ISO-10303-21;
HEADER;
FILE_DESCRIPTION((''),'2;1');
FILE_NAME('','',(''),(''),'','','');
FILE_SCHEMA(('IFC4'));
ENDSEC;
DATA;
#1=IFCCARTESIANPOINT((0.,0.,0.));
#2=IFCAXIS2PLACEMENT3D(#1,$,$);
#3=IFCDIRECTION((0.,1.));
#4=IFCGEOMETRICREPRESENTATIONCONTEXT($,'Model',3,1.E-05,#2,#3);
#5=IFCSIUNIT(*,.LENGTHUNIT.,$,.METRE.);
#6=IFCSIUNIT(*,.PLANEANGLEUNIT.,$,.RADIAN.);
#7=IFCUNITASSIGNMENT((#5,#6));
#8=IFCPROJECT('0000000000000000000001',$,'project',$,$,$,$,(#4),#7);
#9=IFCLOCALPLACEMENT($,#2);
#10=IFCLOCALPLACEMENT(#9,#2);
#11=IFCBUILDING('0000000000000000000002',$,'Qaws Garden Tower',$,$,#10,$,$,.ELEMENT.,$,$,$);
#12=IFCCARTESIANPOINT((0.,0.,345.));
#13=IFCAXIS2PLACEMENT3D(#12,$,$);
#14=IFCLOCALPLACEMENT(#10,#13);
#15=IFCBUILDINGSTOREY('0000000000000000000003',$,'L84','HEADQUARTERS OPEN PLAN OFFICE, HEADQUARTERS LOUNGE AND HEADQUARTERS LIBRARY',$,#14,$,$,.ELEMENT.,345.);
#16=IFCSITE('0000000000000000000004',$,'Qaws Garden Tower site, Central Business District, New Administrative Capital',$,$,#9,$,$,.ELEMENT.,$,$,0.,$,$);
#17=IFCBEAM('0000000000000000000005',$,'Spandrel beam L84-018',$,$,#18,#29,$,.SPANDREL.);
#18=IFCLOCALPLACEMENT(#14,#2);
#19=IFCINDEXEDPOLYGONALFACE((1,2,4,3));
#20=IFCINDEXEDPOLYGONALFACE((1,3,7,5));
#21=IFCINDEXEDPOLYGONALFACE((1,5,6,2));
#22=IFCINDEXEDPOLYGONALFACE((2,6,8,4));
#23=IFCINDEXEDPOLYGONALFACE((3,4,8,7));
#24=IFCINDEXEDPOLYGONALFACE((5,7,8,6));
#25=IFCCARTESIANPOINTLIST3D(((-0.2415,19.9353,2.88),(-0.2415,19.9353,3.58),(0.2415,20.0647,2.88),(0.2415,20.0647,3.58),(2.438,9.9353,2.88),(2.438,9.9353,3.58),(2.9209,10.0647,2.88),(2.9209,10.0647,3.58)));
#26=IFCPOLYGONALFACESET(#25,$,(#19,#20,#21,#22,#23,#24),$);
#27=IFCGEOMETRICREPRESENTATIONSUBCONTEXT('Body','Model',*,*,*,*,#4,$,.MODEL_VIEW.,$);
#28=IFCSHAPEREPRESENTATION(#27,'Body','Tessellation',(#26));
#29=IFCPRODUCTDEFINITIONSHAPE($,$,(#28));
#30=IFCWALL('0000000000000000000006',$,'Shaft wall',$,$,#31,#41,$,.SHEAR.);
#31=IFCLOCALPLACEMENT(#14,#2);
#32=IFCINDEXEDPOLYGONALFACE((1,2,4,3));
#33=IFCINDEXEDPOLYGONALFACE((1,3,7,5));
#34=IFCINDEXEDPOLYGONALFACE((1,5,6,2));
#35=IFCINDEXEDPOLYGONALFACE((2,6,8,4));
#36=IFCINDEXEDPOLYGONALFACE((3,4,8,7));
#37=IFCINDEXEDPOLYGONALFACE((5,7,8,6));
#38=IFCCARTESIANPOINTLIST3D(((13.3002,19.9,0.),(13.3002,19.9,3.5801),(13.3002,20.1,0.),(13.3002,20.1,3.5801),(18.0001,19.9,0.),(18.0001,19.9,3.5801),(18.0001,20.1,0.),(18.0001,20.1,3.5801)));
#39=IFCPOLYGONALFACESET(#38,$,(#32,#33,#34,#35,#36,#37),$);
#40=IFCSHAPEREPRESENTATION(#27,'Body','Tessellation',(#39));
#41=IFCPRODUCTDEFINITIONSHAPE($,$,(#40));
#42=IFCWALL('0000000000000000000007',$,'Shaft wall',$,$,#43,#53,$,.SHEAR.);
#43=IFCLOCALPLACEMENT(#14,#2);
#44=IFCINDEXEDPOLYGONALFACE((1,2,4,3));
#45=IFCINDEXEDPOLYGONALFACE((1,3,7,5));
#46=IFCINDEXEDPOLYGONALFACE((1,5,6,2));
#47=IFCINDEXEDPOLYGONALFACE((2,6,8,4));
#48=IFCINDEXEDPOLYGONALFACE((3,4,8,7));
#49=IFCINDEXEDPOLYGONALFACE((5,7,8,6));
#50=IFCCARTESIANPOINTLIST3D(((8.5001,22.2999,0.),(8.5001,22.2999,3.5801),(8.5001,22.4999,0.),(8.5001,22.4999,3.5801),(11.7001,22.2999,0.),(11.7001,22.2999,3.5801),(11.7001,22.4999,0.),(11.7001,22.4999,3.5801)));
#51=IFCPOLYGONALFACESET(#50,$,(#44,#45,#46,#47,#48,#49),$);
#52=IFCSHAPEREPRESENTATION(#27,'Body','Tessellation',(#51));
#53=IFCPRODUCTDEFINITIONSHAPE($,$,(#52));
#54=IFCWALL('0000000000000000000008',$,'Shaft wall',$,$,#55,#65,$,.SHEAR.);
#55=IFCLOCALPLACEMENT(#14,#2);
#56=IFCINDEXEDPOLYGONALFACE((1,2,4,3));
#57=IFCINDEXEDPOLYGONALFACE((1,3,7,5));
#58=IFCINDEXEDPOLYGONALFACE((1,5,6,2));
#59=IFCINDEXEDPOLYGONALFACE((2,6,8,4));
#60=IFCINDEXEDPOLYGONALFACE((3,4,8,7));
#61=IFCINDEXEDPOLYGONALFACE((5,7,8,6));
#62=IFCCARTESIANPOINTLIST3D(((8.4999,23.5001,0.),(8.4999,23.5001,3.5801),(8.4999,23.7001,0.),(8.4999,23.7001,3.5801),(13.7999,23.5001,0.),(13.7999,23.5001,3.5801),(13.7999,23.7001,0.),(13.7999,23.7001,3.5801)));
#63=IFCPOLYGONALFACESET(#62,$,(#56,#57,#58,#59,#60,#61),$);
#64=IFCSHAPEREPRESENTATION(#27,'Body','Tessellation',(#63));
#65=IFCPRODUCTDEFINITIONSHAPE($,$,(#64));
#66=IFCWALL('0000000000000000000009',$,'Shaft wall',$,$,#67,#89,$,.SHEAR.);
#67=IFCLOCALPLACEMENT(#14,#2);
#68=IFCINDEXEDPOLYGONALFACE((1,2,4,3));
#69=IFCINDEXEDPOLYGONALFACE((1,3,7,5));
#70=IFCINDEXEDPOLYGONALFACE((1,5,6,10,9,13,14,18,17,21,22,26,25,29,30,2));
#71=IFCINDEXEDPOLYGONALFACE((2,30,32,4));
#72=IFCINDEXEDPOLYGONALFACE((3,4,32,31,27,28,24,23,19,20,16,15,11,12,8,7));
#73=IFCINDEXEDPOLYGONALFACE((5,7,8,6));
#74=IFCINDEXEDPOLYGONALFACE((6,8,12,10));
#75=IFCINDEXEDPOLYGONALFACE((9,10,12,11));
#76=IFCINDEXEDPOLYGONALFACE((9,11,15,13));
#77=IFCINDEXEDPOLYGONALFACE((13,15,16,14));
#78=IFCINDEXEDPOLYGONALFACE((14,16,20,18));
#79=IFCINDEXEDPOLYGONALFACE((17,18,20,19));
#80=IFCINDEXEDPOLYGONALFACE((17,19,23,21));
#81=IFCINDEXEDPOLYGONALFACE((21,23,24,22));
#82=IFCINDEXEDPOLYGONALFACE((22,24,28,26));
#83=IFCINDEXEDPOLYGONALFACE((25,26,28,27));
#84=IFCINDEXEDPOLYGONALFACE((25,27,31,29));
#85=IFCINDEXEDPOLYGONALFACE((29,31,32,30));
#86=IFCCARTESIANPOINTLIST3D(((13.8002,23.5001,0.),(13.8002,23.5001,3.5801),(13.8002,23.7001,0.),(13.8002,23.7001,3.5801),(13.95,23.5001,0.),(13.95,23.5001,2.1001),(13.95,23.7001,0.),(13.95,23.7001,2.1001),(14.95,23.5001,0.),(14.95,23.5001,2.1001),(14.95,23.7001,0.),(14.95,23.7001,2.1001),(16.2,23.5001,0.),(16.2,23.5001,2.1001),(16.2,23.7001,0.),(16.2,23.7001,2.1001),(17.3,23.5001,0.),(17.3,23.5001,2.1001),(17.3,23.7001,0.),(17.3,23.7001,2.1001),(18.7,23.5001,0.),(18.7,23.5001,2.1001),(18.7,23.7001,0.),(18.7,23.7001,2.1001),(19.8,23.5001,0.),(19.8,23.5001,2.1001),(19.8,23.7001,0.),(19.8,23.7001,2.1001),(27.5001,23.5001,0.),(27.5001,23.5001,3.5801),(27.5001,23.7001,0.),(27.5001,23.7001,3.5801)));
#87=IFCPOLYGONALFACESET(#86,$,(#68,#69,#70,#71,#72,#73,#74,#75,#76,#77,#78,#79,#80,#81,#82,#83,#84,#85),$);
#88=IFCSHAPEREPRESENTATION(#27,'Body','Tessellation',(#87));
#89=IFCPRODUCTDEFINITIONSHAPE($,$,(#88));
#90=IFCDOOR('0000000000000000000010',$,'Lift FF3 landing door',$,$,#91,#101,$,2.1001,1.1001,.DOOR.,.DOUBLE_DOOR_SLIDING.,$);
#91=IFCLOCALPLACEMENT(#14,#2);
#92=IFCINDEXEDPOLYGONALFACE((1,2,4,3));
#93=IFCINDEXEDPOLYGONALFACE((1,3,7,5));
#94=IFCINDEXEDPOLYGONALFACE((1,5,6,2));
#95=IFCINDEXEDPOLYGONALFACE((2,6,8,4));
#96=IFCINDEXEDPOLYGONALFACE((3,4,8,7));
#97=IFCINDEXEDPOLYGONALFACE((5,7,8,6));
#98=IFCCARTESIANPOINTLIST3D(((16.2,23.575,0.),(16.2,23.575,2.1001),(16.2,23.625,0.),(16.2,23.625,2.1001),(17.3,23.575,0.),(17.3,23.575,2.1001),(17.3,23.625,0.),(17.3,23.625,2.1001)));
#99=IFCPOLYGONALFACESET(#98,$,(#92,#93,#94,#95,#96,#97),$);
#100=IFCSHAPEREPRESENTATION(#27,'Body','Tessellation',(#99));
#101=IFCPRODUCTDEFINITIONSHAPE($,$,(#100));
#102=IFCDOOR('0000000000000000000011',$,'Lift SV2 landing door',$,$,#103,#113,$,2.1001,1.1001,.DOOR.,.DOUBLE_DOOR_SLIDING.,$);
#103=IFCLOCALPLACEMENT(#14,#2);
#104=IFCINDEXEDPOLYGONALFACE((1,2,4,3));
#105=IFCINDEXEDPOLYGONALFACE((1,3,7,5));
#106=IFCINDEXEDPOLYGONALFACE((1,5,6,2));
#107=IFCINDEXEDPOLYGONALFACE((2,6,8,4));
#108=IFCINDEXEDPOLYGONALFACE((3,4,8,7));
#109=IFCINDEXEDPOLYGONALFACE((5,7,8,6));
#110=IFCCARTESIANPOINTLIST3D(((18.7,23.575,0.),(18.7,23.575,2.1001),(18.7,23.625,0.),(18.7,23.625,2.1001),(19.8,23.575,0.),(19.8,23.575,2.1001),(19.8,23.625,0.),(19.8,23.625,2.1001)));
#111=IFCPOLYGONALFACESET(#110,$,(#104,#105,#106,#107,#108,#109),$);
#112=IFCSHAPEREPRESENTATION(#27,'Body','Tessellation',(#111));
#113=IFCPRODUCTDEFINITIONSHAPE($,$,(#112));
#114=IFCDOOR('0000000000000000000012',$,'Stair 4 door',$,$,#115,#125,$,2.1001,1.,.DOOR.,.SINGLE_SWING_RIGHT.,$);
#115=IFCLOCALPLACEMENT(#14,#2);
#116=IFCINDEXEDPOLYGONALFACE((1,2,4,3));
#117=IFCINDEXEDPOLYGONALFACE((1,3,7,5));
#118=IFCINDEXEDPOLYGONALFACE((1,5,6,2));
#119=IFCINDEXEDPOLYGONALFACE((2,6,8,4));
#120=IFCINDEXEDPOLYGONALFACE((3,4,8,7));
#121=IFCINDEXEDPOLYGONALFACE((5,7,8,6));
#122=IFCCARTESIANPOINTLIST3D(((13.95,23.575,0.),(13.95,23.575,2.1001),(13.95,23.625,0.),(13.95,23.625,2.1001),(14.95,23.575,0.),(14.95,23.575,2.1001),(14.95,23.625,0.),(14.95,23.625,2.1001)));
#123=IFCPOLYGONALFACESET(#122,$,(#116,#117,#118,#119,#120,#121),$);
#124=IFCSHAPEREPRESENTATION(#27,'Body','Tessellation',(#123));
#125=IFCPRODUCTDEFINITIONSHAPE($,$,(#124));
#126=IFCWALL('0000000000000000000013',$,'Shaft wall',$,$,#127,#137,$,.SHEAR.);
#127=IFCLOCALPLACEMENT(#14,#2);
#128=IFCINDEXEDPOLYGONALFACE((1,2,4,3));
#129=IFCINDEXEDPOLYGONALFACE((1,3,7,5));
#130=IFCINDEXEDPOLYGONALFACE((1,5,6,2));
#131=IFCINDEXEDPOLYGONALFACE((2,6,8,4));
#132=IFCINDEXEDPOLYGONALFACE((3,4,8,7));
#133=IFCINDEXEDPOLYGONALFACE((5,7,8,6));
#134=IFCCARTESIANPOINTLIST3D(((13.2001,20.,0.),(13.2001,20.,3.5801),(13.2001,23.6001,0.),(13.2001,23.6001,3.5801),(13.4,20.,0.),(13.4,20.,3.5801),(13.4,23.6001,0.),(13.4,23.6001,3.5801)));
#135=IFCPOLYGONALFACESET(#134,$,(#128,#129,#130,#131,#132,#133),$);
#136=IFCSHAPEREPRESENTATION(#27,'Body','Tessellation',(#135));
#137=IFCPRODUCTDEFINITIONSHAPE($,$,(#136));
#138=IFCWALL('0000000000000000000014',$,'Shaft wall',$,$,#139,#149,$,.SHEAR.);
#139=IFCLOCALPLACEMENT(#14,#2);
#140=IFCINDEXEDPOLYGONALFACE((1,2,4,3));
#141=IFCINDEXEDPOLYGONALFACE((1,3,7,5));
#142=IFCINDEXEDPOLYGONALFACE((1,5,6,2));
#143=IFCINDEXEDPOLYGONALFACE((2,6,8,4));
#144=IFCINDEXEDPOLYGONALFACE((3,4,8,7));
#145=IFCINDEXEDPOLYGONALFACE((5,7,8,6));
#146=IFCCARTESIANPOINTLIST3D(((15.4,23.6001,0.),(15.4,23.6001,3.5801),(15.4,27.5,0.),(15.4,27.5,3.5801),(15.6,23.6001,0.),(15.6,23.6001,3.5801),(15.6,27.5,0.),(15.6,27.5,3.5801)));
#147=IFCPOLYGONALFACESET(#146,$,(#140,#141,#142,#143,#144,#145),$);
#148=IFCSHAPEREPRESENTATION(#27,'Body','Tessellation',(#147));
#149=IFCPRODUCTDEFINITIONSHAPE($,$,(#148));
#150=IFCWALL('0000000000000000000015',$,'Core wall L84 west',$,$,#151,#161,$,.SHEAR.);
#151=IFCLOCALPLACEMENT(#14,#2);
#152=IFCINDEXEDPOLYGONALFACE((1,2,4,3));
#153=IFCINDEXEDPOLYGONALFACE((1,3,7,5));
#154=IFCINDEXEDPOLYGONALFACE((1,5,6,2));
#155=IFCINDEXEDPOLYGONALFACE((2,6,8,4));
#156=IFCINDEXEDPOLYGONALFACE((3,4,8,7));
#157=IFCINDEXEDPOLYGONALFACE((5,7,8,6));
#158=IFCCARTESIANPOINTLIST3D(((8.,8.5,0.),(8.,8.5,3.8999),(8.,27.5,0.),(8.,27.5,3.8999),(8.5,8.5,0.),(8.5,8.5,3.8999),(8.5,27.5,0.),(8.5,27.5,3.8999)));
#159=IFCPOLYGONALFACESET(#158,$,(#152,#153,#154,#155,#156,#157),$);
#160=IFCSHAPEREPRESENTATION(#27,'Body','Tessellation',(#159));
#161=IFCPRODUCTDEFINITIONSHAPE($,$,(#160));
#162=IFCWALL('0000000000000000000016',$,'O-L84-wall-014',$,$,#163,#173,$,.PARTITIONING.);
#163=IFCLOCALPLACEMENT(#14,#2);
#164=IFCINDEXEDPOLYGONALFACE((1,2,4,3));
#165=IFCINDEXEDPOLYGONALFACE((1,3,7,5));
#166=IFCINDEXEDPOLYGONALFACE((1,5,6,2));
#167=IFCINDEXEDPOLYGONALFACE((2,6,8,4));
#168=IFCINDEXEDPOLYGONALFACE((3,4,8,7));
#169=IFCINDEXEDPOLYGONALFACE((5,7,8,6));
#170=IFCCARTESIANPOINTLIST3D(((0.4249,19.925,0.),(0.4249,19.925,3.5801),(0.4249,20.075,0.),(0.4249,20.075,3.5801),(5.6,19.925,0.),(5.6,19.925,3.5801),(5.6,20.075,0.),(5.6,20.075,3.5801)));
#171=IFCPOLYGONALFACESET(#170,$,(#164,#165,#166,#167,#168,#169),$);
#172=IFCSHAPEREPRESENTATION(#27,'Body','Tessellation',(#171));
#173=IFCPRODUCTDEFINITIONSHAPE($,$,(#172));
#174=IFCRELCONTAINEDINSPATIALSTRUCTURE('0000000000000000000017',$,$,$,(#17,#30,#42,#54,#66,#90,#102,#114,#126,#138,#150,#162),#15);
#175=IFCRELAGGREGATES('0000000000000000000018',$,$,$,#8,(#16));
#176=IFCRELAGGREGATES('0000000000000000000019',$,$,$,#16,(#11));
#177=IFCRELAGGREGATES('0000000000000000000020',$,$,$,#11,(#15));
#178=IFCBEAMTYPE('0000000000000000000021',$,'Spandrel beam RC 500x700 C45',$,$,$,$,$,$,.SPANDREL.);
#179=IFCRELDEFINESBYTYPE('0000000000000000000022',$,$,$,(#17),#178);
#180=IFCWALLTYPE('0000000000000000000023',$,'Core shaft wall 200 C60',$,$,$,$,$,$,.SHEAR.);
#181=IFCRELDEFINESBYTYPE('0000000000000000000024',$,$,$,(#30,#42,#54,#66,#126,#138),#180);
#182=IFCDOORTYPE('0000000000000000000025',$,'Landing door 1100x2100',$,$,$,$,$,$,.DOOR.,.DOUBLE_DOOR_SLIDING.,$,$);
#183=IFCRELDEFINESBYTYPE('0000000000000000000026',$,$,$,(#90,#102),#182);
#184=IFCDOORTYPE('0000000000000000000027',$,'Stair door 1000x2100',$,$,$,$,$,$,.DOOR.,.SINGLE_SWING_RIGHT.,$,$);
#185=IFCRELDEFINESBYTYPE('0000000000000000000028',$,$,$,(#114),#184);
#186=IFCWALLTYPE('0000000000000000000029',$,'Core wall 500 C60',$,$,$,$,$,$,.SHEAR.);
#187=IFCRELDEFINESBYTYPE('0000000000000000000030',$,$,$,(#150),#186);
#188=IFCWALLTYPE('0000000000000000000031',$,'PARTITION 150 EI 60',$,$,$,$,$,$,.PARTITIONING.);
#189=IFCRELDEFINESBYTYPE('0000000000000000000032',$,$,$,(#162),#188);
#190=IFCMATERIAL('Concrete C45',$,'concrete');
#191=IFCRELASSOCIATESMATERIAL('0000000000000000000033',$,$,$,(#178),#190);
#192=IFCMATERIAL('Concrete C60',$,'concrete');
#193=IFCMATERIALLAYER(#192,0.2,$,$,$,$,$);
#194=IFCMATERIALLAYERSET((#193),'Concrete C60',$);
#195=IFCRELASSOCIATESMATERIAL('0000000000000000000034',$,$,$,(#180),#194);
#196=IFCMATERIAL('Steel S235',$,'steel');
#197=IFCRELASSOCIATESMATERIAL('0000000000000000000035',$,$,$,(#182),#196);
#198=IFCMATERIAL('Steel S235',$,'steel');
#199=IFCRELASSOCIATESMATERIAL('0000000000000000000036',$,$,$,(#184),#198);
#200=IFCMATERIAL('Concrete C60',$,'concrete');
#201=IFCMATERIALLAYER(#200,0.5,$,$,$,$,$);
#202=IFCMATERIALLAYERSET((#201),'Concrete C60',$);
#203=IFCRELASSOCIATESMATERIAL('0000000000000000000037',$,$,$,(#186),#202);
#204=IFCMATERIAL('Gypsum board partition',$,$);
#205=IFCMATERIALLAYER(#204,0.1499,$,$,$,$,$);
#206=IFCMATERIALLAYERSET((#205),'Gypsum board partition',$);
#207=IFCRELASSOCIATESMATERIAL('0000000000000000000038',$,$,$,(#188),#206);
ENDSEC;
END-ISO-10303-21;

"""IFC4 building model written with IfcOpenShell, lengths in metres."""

from ifc_helpers import new_model, si_unit, direction, frame, frame_2d, origin, origin_2d, place, context, subcontext, project, spatial, rectangle, extrude, material, layer, layer_set, material_profile, profile_set, type_object, element, fill, save


model = new_model("IFC4")

# Units and contexts
model_context = context("Model", 3, precision=1e-05, world=origin(), true_north=direction((0.0, 1.0)))
body_context = subcontext(model_context, "Body", "Model", "MODEL_VIEW")
ifc_project = project(units=[si_unit("LENGTHUNIT", "METRE"), si_unit("PLANEANGLEUNIT", "RADIAN")], contexts=[model_context])

# Site, building, storey
site_placement = place(None, origin())
site = spatial("IfcSite", under=ifc_project, at=site_placement, Name="Qaws Garden Tower site, Central Business District, New Administrative Capital", CompositionType="ELEMENT", RefElevation=0.0)
building_placement = place(site_placement, origin())
building = spatial("IfcBuilding", under=site, at=building_placement, Name="Qaws Garden Tower", CompositionType="ELEMENT")
storey_placement = place(building_placement, frame((0.0, 0.0, 345.0)))
storey = spatial("IfcBuildingStorey", under=building, at=storey_placement, Name="L84", Description="HEADQUARTERS OPEN PLAN OFFICE, HEADQUARTERS LOUNGE AND HEADQUARTERS LIBRARY", CompositionType="ELEMENT", Elevation=345.0)

# Beam
ifc_material_1 = material(Name="Concrete C45", Category="concrete")
ifc_material_profile = material_profile(ifc_material_1, rectangle(XDim=0.5, YDim=0.7, at=origin_2d()), Name="RC 500x700")
ifc_profile_set = profile_set([ifc_material_profile], Name="Concrete C45")
beam_type = type_object("IfcBeamType", Name="Spandrel beam RC 500x700 C45", PredefinedType="SPANDREL", material=ifc_profile_set)
beam_placement = place(storey_placement, frame((0.0, 20.0, 3.23), z_axis=(0.258815, -0.965927, 0.0), x_axis=(0.965927, 0.258815, 0.0)))
element("IfcBeam", 1, at=beam_placement, inside=storey, type_object=beam_type, Name="Spandrel beam L84-018", PredefinedType="SPANDREL", context=body_context, shape_type="SweptSolid", body=[
    extrude(rectangle(XDim=0.5, YDim=0.7, at=origin_2d()), origin(), (0.0, 0.0, 1.0), 10.3528),
])

# Walls
ifc_material_2 = material(Name="Concrete C60", Category="concrete")
ifc_layer_1 = layer(ifc_material_2, 0.2)
ifc_layer_set_1 = layer_set([ifc_layer_1], Name="Concrete C60")
wall_type_1 = type_object("IfcWallType", Name="Core shaft wall 200 C60", PredefinedType="SHEAR", material=ifc_layer_set_1)
wall_1_placement = place(storey_placement, frame((13.3, 20.0, 0.0), z_axis=(0.0, 0.0, 1.0), x_axis=(1.0, 0.0, 0.0)))
element("IfcWall", 2, at=wall_1_placement, inside=storey, type_object=wall_type_1, Name="Shaft wall", PredefinedType="SHEAR", context=body_context, shape_type="SweptSolid", body=[
    extrude(rectangle(XDim=4.7, YDim=0.2, at=frame_2d((2.3501, 0.0))), origin(), (0.0, 0.0, 1.0), 3.5801),
])
wall_2_placement = place(storey_placement, frame((8.5, 22.3999, 0.0), z_axis=(0.0, 0.0, 1.0), x_axis=(1.0, 0.0, 0.0)))
element("IfcWall", 3, at=wall_2_placement, inside=storey, type_object=wall_type_1, Name="Shaft wall", PredefinedType="SHEAR", context=body_context, shape_type="SweptSolid", body=[
    extrude(rectangle(XDim=3.2, YDim=0.2, at=frame_2d((1.6001, 0.0))), origin(), (0.0, 0.0, 1.0), 3.5801),
])
wall_3_placement = place(storey_placement, frame((8.5, 23.6001, 0.0), z_axis=(0.0, 0.0, 1.0), x_axis=(1.0, 0.0, 0.0)))
element("IfcWall", 4, at=wall_3_placement, inside=storey, type_object=wall_type_1, Name="Shaft wall", PredefinedType="SHEAR", context=body_context, shape_type="SweptSolid", body=[
    extrude(rectangle(XDim=5.3, YDim=0.2, at=frame_2d((2.6499, 0.0))), origin(), (0.0, 0.0, 1.0), 3.5801),
])

# Wall, openings, doors
wall_4_placement = place(storey_placement, frame((13.8, 23.6001, 0.0), z_axis=(0.0, 0.0, 1.0), x_axis=(1.0, 0.0, 0.0)))
wall_4 = element("IfcWall", 5, at=wall_4_placement, inside=storey, type_object=wall_type_1, Name="Shaft wall", PredefinedType="SHEAR", context=body_context, shape_type="SweptSolid", body=[
    extrude(rectangle(XDim=13.7, YDim=0.2, at=frame_2d((6.8501, 0.0))), origin(), (0.0, 0.0, 1.0), 3.5801),
])
opening_1_placement = place(wall_4_placement, frame((2.3999, 0.0, 0.0)))
opening_1 = element("IfcOpeningElement", 6, at=opening_1_placement, cuts=wall_4, PredefinedType="OPENING", context=body_context, shape_type="SweptSolid", body=[
    extrude(rectangle(XDim=1.1001, YDim=2.1001, at=frame_2d((0.55, 1.05))), frame((0.0, 0.1099, 0.0), z_axis=(0.0, -1.0, 0.0), x_axis=(1.0, 0.0, 0.0)), (0.0, 0.0, 1.0), 0.22),
])
opening_2_placement = place(wall_4_placement, frame((4.8999, 0.0, 0.0)))
opening_2 = element("IfcOpeningElement", 7, at=opening_2_placement, cuts=wall_4, PredefinedType="OPENING", context=body_context, shape_type="SweptSolid", body=[
    extrude(rectangle(XDim=1.1001, YDim=2.1001, at=frame_2d((0.55, 1.05))), frame((0.0, 0.1099, 0.0), z_axis=(0.0, -1.0, 0.0), x_axis=(1.0, 0.0, 0.0)), (0.0, 0.0, 1.0), 0.22),
])
opening_3_placement = place(wall_4_placement, frame((0.1499, 0.0, 0.0)))
opening_3 = element("IfcOpeningElement", 8, at=opening_3_placement, cuts=wall_4, PredefinedType="OPENING", context=body_context, shape_type="SweptSolid", body=[
    extrude(rectangle(XDim=1.0, YDim=2.1001, at=frame_2d((0.5, 1.05))), frame((0.0, 0.1099, 0.0), z_axis=(0.0, -1.0, 0.0), x_axis=(1.0, 0.0, 0.0)), (0.0, 0.0, 1.0), 0.22),
])
ifc_material_3 = material(Name="Steel S235", Category="steel")
door_type_1 = type_object("IfcDoorType", Name="Landing door 1100x2100", OperationType="DOUBLE_DOOR_SLIDING", PredefinedType="DOOR", material=ifc_material_3)
door_1_placement = place(opening_1_placement, origin())
door_1 = element("IfcDoor", 9, at=door_1_placement, inside=storey, type_object=door_type_1, Name="Lift FF3 landing door", OperationType="DOUBLE_DOOR_SLIDING", OverallHeight=2.1001, OverallWidth=1.1001, PredefinedType="DOOR", context=body_context, shape_type="SweptSolid", body=[
    extrude(rectangle(XDim=1.1001, YDim=2.1001, at=frame_2d((0.55, 1.05))), frame((0.0, 0.0249, 0.0), z_axis=(0.0, -1.0, 0.0), x_axis=(1.0, 0.0, 0.0)), (0.0, 0.0, 1.0), 0.05),
])
fill(opening_1, door_1)
door_2_placement = place(opening_2_placement, origin())
door_2 = element("IfcDoor", 10, at=door_2_placement, inside=storey, type_object=door_type_1, Name="Lift SV2 landing door", OperationType="DOUBLE_DOOR_SLIDING", OverallHeight=2.1001, OverallWidth=1.1001, PredefinedType="DOOR", context=body_context, shape_type="SweptSolid", body=[
    extrude(rectangle(XDim=1.1001, YDim=2.1001, at=frame_2d((0.55, 1.05))), frame((0.0, 0.0249, 0.0), z_axis=(0.0, -1.0, 0.0), x_axis=(1.0, 0.0, 0.0)), (0.0, 0.0, 1.0), 0.05),
])
fill(opening_2, door_2)
ifc_material_4 = material(Name="Steel S235", Category="steel")
door_type_2 = type_object("IfcDoorType", Name="Stair door 1000x2100", OperationType="SINGLE_SWING_RIGHT", PredefinedType="DOOR", material=ifc_material_4)
door_3_placement = place(opening_3_placement, origin())
door_3 = element("IfcDoor", 11, at=door_3_placement, inside=storey, type_object=door_type_2, Name="Stair 4 door", OperationType="SINGLE_SWING_RIGHT", OverallHeight=2.1001, OverallWidth=1.0, PredefinedType="DOOR", context=body_context, shape_type="SweptSolid", body=[
    extrude(rectangle(XDim=1.0, YDim=2.1001, at=frame_2d((0.5, 1.05))), frame((0.0, 0.0249, 0.0), z_axis=(0.0, -1.0, 0.0), x_axis=(1.0, 0.0, 0.0)), (0.0, 0.0, 1.0), 0.05),
])
fill(opening_3, door_3)

# Walls
wall_5_placement = place(storey_placement, frame((13.3, 20.0, 0.0), z_axis=(0.0, 0.0, 1.0), x_axis=(0.0, 1.0, 0.0)))
element("IfcWall", 12, at=wall_5_placement, inside=storey, type_object=wall_type_1, Name="Shaft wall", PredefinedType="SHEAR", context=body_context, shape_type="SweptSolid", body=[
    extrude(rectangle(XDim=3.6001, YDim=0.2, at=frame_2d((1.8, 0.0))), origin(), (0.0, 0.0, 1.0), 3.5801),
])
wall_6_placement = place(storey_placement, frame((15.5, 23.6001, 0.0), z_axis=(0.0, 0.0, 1.0), x_axis=(0.0, 1.0, 0.0)))
element("IfcWall", 13, at=wall_6_placement, inside=storey, type_object=wall_type_1, Name="Shaft wall", PredefinedType="SHEAR", context=body_context, shape_type="SweptSolid", body=[
    extrude(rectangle(XDim=3.8999, YDim=0.2, at=frame_2d((1.95, 0.0))), origin(), (0.0, 0.0, 1.0), 3.5801),
])
ifc_material_5 = material(Name="Concrete C60", Category="concrete")
ifc_layer_2 = layer(ifc_material_5, 0.5)
ifc_layer_set_2 = layer_set([ifc_layer_2], Name="Concrete C60")
wall_type_2 = type_object("IfcWallType", Name="Core wall 500 C60", PredefinedType="SHEAR", material=ifc_layer_set_2)
wall_7_placement = place(storey_placement, frame((8.25, 27.5, 0.0), z_axis=(0.0, 0.0, 1.0), x_axis=(0.0, -1.0, 0.0)))
element("IfcWall", 14, at=wall_7_placement, inside=storey, type_object=wall_type_2, Name="Core wall L84 west", PredefinedType="SHEAR", context=body_context, shape_type="SweptSolid", body=[
    extrude(rectangle(XDim=19.0, YDim=0.5, at=frame_2d((9.5, 0.0))), origin(), (0.0, 0.0, 1.0), 3.8999),
])
ifc_material_6 = material(Name="Gypsum board partition")
ifc_layer_3 = layer(ifc_material_6, 0.1499)
ifc_layer_set_3 = layer_set([ifc_layer_3], Name="Gypsum board partition")
wall_type_3 = type_object("IfcWallType", Name="PARTITION 150 EI 60", PredefinedType="PARTITIONING", material=ifc_layer_set_3)
wall_8_placement = place(storey_placement, frame((0.425, 20.0, 0.0), z_axis=(0.0, 0.0, 1.0), x_axis=(1.0, 0.0, 0.0)))
element("IfcWall", 15, at=wall_8_placement, inside=storey, type_object=wall_type_3, Name="O-L84-wall-014", PredefinedType="PARTITIONING", context=body_context, shape_type="SweptSolid", body=[
    extrude(rectangle(XDim=5.175, YDim=0.1499, at=frame_2d((2.5874, 0.0))), origin(), (0.0, 0.0, 1.0), 3.5801),
])

save(model, "model.ifc")
